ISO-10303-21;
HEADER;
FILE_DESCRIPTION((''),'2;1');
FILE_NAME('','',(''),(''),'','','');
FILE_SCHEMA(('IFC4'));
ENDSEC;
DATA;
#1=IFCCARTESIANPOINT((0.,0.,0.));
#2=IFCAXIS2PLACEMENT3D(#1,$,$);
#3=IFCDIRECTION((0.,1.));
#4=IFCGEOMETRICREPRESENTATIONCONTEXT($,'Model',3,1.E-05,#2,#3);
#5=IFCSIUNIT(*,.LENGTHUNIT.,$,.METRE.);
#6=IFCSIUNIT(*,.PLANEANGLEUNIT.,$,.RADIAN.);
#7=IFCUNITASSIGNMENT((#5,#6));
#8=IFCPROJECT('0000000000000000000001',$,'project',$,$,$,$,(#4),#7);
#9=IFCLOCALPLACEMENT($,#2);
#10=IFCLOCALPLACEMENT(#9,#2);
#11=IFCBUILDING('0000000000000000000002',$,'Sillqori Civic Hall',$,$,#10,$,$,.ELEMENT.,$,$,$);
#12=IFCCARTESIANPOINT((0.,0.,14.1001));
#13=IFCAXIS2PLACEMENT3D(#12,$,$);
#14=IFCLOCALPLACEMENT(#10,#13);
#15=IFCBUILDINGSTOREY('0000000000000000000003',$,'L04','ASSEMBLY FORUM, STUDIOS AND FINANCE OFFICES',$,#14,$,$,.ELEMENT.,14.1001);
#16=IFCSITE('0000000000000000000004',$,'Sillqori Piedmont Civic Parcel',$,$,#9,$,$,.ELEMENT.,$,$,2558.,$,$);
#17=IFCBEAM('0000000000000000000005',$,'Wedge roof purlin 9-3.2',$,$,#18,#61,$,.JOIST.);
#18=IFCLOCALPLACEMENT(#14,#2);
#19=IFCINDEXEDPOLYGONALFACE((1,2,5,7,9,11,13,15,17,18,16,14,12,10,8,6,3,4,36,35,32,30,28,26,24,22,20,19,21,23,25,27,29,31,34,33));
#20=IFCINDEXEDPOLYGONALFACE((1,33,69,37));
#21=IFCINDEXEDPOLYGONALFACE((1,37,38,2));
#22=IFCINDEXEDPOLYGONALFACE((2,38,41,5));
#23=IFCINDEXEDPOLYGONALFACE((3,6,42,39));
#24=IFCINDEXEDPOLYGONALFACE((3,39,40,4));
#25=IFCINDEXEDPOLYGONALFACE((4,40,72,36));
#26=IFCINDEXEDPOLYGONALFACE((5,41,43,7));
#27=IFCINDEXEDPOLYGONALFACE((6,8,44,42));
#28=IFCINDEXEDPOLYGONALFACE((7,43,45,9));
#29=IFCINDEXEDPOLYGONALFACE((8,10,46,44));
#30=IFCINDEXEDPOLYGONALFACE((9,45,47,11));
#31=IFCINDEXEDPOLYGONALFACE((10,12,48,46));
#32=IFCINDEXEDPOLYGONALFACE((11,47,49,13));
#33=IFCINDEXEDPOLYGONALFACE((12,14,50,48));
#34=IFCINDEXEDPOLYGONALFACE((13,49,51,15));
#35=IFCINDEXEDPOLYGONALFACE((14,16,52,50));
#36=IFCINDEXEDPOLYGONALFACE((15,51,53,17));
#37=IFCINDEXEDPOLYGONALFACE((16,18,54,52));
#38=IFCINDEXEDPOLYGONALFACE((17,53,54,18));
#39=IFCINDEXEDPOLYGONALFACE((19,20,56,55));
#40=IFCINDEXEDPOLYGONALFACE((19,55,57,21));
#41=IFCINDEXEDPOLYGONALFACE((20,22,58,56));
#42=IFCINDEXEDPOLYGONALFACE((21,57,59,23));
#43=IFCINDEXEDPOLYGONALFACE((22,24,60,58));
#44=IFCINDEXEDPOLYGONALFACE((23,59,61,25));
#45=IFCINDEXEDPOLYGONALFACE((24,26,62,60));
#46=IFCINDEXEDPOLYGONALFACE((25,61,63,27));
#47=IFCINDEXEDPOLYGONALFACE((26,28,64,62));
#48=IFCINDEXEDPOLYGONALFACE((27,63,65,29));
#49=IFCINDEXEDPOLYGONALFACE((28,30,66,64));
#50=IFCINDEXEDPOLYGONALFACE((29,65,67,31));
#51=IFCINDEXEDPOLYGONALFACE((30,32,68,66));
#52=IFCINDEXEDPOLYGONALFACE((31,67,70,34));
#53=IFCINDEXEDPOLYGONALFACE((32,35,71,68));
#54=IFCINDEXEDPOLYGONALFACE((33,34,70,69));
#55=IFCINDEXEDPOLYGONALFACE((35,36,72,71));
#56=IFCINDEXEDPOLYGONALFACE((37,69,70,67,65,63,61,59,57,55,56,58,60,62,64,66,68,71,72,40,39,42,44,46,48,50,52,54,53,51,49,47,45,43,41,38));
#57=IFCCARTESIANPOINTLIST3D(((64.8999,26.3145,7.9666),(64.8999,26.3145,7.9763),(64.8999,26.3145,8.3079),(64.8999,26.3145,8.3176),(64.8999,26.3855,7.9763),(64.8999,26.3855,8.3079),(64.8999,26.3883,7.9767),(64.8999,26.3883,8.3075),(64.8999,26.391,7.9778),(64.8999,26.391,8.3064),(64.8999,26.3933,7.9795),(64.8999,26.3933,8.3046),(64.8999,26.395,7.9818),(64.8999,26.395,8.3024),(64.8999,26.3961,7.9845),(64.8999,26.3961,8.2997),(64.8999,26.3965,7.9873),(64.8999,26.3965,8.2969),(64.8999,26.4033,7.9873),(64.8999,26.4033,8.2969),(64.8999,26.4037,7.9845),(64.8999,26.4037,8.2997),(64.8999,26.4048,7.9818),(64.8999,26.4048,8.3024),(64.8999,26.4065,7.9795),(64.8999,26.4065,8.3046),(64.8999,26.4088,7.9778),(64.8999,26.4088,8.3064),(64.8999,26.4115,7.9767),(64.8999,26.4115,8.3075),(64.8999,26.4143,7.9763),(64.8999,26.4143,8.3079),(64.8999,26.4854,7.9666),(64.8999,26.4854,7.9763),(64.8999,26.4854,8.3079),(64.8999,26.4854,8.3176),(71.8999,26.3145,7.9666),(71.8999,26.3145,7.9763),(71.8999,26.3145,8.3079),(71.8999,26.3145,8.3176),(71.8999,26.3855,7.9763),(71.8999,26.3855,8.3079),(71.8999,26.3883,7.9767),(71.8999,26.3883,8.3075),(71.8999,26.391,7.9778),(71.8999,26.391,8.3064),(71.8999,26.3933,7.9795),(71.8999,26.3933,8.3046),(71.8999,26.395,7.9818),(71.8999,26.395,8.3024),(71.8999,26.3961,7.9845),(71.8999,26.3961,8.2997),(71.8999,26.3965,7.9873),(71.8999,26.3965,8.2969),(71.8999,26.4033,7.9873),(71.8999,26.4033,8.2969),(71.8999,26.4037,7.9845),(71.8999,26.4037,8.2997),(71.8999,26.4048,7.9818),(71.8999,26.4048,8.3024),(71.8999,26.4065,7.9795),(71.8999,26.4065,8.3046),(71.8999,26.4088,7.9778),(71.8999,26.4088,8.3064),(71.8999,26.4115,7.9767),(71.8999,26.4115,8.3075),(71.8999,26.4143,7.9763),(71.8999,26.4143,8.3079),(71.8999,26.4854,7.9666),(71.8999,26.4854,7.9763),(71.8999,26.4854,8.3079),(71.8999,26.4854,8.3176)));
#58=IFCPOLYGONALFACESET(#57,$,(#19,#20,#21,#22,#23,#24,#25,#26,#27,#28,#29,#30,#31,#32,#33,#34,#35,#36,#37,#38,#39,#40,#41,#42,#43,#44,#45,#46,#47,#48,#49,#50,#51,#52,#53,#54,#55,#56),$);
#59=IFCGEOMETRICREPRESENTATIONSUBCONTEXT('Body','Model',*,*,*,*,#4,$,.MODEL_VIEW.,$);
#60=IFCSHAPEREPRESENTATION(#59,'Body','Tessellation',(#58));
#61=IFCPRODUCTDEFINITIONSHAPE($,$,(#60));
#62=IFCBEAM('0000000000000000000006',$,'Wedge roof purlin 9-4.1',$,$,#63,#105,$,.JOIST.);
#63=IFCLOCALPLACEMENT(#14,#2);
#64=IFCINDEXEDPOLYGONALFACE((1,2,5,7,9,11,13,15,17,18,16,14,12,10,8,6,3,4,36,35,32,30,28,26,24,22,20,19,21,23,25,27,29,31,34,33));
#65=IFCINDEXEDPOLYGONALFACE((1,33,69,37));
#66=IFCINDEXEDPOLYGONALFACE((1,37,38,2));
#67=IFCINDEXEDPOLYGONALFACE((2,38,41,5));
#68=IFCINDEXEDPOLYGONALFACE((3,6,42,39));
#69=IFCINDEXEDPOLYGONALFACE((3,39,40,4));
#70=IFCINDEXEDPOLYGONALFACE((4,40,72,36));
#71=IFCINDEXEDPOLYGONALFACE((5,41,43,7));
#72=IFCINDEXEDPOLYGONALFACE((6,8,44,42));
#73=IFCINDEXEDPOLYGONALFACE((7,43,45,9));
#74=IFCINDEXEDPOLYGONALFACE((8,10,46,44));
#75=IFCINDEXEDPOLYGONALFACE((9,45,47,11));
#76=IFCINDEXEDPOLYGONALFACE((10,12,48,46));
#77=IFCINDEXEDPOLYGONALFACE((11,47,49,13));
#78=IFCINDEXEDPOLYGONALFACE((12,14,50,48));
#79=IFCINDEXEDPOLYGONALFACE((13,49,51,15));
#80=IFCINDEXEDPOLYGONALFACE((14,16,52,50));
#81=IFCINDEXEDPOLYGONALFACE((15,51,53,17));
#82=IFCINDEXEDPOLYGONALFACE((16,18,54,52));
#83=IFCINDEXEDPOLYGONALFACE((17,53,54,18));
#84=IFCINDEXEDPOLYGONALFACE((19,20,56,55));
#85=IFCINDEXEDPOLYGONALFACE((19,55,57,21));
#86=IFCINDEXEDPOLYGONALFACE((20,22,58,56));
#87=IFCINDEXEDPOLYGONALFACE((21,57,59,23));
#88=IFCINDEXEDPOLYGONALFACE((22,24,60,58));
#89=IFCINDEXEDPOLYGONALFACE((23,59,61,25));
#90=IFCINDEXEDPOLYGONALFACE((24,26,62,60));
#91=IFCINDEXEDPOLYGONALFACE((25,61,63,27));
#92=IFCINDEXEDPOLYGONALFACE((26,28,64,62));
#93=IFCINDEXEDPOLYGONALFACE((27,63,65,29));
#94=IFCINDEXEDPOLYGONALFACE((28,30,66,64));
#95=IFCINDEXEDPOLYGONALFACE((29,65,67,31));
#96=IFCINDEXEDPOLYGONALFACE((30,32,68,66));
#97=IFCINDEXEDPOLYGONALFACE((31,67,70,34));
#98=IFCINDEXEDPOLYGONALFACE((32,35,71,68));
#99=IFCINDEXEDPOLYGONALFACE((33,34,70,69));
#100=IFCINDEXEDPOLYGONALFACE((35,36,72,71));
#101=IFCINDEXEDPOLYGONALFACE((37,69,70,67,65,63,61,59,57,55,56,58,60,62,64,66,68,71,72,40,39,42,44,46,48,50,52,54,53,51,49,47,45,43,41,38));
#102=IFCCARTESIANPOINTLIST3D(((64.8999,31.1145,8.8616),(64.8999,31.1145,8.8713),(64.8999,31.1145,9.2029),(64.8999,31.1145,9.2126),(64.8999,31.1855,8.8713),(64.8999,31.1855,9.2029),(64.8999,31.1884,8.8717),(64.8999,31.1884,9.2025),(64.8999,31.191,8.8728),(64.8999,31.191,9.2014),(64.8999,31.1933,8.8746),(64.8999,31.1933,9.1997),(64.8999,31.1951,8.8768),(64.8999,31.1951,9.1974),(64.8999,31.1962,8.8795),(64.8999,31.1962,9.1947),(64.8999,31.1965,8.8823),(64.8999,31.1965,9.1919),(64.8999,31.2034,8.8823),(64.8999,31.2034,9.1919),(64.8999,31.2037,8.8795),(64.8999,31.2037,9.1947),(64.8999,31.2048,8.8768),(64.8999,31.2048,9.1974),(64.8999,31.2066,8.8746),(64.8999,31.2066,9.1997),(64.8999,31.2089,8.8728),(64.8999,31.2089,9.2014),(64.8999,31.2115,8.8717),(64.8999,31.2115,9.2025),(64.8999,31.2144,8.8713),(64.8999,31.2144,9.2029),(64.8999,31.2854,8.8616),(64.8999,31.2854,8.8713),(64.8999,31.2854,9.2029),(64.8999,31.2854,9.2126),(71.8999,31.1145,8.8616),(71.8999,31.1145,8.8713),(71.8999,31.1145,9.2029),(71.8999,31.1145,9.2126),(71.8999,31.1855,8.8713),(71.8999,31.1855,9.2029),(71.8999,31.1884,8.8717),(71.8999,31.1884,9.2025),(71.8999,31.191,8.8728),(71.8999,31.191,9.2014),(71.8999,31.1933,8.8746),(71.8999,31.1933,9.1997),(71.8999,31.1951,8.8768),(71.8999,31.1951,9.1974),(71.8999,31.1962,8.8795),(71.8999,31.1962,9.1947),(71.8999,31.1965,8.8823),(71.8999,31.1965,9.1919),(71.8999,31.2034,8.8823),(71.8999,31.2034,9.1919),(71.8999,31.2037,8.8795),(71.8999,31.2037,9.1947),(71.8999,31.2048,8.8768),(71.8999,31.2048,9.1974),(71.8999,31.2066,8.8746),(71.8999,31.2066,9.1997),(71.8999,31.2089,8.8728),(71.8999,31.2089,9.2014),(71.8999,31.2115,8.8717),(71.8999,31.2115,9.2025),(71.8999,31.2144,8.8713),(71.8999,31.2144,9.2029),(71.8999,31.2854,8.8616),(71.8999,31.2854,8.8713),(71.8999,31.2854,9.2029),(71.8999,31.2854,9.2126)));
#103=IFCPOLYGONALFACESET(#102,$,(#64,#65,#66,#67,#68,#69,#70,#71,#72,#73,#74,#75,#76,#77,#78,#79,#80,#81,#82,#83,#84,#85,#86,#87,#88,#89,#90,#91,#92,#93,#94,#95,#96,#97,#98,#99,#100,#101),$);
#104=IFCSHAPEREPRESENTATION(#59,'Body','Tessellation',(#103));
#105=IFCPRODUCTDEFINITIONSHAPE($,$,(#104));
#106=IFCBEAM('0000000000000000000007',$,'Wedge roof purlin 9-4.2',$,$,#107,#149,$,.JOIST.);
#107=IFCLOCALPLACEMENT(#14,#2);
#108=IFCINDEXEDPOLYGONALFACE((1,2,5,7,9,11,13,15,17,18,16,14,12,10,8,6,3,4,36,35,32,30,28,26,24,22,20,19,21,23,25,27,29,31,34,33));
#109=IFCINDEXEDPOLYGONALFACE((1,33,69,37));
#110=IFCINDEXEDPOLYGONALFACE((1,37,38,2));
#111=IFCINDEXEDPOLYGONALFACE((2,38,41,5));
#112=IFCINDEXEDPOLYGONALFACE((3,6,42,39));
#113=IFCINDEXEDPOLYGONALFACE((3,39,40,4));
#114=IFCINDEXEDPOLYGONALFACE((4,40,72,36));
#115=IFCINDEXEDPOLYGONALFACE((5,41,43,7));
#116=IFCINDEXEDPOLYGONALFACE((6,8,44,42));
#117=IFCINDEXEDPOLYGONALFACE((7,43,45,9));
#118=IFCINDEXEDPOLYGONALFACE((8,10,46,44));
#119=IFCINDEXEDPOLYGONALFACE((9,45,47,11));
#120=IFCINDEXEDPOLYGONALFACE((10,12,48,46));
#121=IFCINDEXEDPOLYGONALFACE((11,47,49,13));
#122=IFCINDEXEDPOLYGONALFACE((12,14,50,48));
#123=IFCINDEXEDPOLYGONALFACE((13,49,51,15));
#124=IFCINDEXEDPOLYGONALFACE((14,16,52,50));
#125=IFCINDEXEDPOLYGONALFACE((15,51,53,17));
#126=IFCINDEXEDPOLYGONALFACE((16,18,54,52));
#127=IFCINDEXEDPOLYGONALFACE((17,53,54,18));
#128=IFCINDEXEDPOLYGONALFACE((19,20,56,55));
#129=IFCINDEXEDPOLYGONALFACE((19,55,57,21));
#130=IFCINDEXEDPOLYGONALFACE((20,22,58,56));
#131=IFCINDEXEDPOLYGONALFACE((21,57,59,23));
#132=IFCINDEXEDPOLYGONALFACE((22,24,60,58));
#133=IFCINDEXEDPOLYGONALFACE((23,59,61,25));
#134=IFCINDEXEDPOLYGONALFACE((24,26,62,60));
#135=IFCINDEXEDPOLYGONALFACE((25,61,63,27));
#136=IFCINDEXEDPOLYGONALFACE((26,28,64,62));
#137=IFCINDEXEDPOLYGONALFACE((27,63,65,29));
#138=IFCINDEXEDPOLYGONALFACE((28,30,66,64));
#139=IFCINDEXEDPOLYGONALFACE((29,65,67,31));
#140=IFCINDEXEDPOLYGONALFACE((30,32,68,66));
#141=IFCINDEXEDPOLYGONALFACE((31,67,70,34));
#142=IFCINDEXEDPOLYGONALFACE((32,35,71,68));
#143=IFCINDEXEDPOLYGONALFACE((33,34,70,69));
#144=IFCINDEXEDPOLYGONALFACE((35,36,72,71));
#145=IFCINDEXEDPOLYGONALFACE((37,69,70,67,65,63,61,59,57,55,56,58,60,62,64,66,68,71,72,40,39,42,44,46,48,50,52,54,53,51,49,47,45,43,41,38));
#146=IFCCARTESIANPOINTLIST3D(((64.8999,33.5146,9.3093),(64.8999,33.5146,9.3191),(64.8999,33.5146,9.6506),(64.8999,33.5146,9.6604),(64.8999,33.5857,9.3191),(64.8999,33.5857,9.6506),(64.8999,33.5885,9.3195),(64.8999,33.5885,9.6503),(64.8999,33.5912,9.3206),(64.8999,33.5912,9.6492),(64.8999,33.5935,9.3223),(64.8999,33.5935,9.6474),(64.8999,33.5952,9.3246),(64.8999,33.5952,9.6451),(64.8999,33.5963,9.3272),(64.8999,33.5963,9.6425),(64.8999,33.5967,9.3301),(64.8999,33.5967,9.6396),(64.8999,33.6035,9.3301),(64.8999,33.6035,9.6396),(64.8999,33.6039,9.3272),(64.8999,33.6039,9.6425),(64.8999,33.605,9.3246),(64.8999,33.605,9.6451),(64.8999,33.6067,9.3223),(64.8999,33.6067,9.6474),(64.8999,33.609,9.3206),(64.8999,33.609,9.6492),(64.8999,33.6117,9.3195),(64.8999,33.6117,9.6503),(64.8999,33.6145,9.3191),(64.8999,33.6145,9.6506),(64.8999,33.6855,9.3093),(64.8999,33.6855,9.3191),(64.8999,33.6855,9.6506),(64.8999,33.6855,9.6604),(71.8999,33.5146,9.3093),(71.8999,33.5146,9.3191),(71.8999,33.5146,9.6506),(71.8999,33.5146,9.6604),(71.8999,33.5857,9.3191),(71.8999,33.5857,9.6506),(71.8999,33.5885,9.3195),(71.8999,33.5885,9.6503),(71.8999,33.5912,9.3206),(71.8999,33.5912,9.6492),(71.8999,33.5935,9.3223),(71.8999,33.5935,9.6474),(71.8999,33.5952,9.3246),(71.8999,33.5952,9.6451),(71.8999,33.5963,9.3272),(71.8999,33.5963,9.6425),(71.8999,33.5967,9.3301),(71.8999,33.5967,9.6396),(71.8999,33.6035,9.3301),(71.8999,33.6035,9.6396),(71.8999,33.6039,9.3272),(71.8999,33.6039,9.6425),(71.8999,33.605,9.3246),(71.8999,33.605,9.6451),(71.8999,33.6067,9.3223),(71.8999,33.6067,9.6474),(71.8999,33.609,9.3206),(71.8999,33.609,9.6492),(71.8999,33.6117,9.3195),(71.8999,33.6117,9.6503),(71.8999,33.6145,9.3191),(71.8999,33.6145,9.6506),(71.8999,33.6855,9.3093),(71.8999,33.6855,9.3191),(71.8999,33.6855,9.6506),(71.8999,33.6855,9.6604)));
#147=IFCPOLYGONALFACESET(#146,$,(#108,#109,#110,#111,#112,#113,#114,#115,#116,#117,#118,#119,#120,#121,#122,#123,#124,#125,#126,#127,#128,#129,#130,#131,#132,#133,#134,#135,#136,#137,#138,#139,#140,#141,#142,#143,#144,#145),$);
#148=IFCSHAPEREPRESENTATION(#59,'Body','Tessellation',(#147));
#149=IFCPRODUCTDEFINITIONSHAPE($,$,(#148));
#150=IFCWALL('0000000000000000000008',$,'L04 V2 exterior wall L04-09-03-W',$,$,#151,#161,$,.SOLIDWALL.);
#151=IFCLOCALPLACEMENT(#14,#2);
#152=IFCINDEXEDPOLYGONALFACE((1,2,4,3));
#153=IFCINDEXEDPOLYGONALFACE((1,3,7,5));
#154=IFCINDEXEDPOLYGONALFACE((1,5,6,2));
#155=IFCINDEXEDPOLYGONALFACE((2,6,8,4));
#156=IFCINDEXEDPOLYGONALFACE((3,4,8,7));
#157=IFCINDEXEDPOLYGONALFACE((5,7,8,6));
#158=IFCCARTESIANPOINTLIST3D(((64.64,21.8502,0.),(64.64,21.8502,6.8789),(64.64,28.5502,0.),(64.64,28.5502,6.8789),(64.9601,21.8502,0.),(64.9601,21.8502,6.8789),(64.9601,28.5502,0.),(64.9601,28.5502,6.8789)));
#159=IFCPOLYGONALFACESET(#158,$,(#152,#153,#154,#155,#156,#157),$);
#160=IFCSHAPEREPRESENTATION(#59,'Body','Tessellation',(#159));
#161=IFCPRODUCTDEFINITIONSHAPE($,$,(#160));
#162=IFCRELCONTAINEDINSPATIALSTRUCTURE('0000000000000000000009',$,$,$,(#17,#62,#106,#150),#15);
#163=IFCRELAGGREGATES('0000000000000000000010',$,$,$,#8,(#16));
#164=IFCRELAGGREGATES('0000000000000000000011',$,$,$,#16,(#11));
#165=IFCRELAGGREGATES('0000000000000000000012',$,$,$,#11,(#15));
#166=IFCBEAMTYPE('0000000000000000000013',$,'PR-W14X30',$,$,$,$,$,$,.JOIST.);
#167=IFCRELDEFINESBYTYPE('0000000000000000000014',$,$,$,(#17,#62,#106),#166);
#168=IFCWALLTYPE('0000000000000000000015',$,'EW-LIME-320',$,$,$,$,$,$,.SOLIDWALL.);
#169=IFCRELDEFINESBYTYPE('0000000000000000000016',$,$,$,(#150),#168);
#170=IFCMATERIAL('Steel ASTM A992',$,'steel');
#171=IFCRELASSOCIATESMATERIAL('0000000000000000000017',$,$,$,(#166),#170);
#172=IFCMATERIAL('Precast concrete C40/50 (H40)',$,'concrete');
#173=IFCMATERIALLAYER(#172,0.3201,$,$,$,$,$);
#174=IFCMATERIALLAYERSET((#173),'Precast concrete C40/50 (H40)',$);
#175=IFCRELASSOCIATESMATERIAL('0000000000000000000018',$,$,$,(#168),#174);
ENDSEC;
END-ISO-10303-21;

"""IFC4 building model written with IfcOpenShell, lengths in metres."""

from ifc_helpers import new_model, si_unit, direction, frame, frame_2d, origin, origin_2d, place, context, subcontext, project, spatial, rectangle, i_section, extrude, material, layer, layer_set, material_profile, profile_set, type_object, element, save


model = new_model("IFC4")

# Units and contexts
model_context = context("Model", 3, precision=1e-05, world=origin(), true_north=direction((0.0, 1.0)))
body_context = subcontext(model_context, "Body", "Model", "MODEL_VIEW")
ifc_project = project(units=[si_unit("LENGTHUNIT", "METRE"), si_unit("PLANEANGLEUNIT", "RADIAN")], contexts=[model_context])

# Site, building, storey
site_placement = place(None, origin())
site = spatial("IfcSite", under=ifc_project, at=site_placement, Name="Sillqori Piedmont Civic Parcel", CompositionType="ELEMENT", RefElevation=2558.0)
building_placement = place(site_placement, origin())
building = spatial("IfcBuilding", under=site, at=building_placement, Name="Sillqori Civic Hall", CompositionType="ELEMENT")
storey_placement = place(building_placement, frame((0.0, 0.0, 14.1001)))
storey = spatial("IfcBuildingStorey", under=building, at=storey_placement, Name="L04", Description="ASSEMBLY FORUM, STUDIOS AND FINANCE OFFICES", CompositionType="ELEMENT", Elevation=14.1001)

# Beams
ifc_material_1 = material(Name="Steel ASTM A992", Category="steel")
ifc_material_profile_1 = material_profile(ifc_material_1, i_section(OverallWidth=0.1709, OverallDepth=0.3511, WebThickness=0.0068, FlangeThickness=0.0098, FilletRadius=0.011, at=origin_2d()), Name="W14X30")
ifc_profile_set_1 = profile_set([ifc_material_profile_1], Name="Steel ASTM A992")
beam_type_1 = type_object("IfcBeamType", Name="PR-W14X30", PredefinedType="JOIST", material=ifc_profile_set_1)
for number, where, z_axis, x_axis, name in (
    (1, (64.8999, 26.3999, 8.1421), (1.0, 0.0, 0.0), (0.0, 1.0, 0.0), "Wedge roof purlin 9-3.2"),
    (2, (64.8999, 31.2, 9.0371), (1.0, 0.0, 0.0), (0.0, 1.0, 0.0), "Wedge roof purlin 9-4.1"),
    (3, (64.8999, 33.6001, 9.4849), (1.0, 0.0, 0.0), (0.0, 1.0, 0.0), "Wedge roof purlin 9-4.2"),
):
    element("IfcBeam", number, at=place(storey_placement, frame(where, z_axis=z_axis, x_axis=x_axis)), inside=storey, type_object=beam_type_1, Name=name, PredefinedType="JOIST", context=body_context, shape_type="SweptSolid", body=[
        extrude(i_section(OverallWidth=0.1709, OverallDepth=0.3511, WebThickness=0.0068, FlangeThickness=0.0098, FilletRadius=0.011, at=origin_2d()), origin(), (0.0, 0.0, 1.0), 7.0),
    ])

# Wall
ifc_material_2 = material(Name="Precast concrete C40/50 (H40)", Category="concrete")
ifc_layer_1 = layer(ifc_material_2, 0.3201)
ifc_layer_set_1 = layer_set([ifc_layer_1], Name="Precast concrete C40/50 (H40)")
wall_type_1 = type_object("IfcWallType", Name="EW-LIME-320", PredefinedType="SOLIDWALL", material=ifc_layer_set_1)
wall_1_placement = place(storey_placement, frame((64.8, 21.8501, 0.0), z_axis=(0.0, 0.0, 1.0), x_axis=(0.0, 1.0, 0.0)))
element("IfcWall", 4, at=wall_1_placement, inside=storey, type_object=wall_type_1, Name="L04 V2 exterior wall L04-09-03-W", PredefinedType="SOLIDWALL", context=body_context, shape_type="SweptSolid", body=[
    extrude(rectangle(XDim=6.7, YDim=0.3201, at=frame_2d((3.3501, 0.0))), origin(), (0.0, 0.0, 1.0), 6.8789),
])

save(model, "model.ifc")
